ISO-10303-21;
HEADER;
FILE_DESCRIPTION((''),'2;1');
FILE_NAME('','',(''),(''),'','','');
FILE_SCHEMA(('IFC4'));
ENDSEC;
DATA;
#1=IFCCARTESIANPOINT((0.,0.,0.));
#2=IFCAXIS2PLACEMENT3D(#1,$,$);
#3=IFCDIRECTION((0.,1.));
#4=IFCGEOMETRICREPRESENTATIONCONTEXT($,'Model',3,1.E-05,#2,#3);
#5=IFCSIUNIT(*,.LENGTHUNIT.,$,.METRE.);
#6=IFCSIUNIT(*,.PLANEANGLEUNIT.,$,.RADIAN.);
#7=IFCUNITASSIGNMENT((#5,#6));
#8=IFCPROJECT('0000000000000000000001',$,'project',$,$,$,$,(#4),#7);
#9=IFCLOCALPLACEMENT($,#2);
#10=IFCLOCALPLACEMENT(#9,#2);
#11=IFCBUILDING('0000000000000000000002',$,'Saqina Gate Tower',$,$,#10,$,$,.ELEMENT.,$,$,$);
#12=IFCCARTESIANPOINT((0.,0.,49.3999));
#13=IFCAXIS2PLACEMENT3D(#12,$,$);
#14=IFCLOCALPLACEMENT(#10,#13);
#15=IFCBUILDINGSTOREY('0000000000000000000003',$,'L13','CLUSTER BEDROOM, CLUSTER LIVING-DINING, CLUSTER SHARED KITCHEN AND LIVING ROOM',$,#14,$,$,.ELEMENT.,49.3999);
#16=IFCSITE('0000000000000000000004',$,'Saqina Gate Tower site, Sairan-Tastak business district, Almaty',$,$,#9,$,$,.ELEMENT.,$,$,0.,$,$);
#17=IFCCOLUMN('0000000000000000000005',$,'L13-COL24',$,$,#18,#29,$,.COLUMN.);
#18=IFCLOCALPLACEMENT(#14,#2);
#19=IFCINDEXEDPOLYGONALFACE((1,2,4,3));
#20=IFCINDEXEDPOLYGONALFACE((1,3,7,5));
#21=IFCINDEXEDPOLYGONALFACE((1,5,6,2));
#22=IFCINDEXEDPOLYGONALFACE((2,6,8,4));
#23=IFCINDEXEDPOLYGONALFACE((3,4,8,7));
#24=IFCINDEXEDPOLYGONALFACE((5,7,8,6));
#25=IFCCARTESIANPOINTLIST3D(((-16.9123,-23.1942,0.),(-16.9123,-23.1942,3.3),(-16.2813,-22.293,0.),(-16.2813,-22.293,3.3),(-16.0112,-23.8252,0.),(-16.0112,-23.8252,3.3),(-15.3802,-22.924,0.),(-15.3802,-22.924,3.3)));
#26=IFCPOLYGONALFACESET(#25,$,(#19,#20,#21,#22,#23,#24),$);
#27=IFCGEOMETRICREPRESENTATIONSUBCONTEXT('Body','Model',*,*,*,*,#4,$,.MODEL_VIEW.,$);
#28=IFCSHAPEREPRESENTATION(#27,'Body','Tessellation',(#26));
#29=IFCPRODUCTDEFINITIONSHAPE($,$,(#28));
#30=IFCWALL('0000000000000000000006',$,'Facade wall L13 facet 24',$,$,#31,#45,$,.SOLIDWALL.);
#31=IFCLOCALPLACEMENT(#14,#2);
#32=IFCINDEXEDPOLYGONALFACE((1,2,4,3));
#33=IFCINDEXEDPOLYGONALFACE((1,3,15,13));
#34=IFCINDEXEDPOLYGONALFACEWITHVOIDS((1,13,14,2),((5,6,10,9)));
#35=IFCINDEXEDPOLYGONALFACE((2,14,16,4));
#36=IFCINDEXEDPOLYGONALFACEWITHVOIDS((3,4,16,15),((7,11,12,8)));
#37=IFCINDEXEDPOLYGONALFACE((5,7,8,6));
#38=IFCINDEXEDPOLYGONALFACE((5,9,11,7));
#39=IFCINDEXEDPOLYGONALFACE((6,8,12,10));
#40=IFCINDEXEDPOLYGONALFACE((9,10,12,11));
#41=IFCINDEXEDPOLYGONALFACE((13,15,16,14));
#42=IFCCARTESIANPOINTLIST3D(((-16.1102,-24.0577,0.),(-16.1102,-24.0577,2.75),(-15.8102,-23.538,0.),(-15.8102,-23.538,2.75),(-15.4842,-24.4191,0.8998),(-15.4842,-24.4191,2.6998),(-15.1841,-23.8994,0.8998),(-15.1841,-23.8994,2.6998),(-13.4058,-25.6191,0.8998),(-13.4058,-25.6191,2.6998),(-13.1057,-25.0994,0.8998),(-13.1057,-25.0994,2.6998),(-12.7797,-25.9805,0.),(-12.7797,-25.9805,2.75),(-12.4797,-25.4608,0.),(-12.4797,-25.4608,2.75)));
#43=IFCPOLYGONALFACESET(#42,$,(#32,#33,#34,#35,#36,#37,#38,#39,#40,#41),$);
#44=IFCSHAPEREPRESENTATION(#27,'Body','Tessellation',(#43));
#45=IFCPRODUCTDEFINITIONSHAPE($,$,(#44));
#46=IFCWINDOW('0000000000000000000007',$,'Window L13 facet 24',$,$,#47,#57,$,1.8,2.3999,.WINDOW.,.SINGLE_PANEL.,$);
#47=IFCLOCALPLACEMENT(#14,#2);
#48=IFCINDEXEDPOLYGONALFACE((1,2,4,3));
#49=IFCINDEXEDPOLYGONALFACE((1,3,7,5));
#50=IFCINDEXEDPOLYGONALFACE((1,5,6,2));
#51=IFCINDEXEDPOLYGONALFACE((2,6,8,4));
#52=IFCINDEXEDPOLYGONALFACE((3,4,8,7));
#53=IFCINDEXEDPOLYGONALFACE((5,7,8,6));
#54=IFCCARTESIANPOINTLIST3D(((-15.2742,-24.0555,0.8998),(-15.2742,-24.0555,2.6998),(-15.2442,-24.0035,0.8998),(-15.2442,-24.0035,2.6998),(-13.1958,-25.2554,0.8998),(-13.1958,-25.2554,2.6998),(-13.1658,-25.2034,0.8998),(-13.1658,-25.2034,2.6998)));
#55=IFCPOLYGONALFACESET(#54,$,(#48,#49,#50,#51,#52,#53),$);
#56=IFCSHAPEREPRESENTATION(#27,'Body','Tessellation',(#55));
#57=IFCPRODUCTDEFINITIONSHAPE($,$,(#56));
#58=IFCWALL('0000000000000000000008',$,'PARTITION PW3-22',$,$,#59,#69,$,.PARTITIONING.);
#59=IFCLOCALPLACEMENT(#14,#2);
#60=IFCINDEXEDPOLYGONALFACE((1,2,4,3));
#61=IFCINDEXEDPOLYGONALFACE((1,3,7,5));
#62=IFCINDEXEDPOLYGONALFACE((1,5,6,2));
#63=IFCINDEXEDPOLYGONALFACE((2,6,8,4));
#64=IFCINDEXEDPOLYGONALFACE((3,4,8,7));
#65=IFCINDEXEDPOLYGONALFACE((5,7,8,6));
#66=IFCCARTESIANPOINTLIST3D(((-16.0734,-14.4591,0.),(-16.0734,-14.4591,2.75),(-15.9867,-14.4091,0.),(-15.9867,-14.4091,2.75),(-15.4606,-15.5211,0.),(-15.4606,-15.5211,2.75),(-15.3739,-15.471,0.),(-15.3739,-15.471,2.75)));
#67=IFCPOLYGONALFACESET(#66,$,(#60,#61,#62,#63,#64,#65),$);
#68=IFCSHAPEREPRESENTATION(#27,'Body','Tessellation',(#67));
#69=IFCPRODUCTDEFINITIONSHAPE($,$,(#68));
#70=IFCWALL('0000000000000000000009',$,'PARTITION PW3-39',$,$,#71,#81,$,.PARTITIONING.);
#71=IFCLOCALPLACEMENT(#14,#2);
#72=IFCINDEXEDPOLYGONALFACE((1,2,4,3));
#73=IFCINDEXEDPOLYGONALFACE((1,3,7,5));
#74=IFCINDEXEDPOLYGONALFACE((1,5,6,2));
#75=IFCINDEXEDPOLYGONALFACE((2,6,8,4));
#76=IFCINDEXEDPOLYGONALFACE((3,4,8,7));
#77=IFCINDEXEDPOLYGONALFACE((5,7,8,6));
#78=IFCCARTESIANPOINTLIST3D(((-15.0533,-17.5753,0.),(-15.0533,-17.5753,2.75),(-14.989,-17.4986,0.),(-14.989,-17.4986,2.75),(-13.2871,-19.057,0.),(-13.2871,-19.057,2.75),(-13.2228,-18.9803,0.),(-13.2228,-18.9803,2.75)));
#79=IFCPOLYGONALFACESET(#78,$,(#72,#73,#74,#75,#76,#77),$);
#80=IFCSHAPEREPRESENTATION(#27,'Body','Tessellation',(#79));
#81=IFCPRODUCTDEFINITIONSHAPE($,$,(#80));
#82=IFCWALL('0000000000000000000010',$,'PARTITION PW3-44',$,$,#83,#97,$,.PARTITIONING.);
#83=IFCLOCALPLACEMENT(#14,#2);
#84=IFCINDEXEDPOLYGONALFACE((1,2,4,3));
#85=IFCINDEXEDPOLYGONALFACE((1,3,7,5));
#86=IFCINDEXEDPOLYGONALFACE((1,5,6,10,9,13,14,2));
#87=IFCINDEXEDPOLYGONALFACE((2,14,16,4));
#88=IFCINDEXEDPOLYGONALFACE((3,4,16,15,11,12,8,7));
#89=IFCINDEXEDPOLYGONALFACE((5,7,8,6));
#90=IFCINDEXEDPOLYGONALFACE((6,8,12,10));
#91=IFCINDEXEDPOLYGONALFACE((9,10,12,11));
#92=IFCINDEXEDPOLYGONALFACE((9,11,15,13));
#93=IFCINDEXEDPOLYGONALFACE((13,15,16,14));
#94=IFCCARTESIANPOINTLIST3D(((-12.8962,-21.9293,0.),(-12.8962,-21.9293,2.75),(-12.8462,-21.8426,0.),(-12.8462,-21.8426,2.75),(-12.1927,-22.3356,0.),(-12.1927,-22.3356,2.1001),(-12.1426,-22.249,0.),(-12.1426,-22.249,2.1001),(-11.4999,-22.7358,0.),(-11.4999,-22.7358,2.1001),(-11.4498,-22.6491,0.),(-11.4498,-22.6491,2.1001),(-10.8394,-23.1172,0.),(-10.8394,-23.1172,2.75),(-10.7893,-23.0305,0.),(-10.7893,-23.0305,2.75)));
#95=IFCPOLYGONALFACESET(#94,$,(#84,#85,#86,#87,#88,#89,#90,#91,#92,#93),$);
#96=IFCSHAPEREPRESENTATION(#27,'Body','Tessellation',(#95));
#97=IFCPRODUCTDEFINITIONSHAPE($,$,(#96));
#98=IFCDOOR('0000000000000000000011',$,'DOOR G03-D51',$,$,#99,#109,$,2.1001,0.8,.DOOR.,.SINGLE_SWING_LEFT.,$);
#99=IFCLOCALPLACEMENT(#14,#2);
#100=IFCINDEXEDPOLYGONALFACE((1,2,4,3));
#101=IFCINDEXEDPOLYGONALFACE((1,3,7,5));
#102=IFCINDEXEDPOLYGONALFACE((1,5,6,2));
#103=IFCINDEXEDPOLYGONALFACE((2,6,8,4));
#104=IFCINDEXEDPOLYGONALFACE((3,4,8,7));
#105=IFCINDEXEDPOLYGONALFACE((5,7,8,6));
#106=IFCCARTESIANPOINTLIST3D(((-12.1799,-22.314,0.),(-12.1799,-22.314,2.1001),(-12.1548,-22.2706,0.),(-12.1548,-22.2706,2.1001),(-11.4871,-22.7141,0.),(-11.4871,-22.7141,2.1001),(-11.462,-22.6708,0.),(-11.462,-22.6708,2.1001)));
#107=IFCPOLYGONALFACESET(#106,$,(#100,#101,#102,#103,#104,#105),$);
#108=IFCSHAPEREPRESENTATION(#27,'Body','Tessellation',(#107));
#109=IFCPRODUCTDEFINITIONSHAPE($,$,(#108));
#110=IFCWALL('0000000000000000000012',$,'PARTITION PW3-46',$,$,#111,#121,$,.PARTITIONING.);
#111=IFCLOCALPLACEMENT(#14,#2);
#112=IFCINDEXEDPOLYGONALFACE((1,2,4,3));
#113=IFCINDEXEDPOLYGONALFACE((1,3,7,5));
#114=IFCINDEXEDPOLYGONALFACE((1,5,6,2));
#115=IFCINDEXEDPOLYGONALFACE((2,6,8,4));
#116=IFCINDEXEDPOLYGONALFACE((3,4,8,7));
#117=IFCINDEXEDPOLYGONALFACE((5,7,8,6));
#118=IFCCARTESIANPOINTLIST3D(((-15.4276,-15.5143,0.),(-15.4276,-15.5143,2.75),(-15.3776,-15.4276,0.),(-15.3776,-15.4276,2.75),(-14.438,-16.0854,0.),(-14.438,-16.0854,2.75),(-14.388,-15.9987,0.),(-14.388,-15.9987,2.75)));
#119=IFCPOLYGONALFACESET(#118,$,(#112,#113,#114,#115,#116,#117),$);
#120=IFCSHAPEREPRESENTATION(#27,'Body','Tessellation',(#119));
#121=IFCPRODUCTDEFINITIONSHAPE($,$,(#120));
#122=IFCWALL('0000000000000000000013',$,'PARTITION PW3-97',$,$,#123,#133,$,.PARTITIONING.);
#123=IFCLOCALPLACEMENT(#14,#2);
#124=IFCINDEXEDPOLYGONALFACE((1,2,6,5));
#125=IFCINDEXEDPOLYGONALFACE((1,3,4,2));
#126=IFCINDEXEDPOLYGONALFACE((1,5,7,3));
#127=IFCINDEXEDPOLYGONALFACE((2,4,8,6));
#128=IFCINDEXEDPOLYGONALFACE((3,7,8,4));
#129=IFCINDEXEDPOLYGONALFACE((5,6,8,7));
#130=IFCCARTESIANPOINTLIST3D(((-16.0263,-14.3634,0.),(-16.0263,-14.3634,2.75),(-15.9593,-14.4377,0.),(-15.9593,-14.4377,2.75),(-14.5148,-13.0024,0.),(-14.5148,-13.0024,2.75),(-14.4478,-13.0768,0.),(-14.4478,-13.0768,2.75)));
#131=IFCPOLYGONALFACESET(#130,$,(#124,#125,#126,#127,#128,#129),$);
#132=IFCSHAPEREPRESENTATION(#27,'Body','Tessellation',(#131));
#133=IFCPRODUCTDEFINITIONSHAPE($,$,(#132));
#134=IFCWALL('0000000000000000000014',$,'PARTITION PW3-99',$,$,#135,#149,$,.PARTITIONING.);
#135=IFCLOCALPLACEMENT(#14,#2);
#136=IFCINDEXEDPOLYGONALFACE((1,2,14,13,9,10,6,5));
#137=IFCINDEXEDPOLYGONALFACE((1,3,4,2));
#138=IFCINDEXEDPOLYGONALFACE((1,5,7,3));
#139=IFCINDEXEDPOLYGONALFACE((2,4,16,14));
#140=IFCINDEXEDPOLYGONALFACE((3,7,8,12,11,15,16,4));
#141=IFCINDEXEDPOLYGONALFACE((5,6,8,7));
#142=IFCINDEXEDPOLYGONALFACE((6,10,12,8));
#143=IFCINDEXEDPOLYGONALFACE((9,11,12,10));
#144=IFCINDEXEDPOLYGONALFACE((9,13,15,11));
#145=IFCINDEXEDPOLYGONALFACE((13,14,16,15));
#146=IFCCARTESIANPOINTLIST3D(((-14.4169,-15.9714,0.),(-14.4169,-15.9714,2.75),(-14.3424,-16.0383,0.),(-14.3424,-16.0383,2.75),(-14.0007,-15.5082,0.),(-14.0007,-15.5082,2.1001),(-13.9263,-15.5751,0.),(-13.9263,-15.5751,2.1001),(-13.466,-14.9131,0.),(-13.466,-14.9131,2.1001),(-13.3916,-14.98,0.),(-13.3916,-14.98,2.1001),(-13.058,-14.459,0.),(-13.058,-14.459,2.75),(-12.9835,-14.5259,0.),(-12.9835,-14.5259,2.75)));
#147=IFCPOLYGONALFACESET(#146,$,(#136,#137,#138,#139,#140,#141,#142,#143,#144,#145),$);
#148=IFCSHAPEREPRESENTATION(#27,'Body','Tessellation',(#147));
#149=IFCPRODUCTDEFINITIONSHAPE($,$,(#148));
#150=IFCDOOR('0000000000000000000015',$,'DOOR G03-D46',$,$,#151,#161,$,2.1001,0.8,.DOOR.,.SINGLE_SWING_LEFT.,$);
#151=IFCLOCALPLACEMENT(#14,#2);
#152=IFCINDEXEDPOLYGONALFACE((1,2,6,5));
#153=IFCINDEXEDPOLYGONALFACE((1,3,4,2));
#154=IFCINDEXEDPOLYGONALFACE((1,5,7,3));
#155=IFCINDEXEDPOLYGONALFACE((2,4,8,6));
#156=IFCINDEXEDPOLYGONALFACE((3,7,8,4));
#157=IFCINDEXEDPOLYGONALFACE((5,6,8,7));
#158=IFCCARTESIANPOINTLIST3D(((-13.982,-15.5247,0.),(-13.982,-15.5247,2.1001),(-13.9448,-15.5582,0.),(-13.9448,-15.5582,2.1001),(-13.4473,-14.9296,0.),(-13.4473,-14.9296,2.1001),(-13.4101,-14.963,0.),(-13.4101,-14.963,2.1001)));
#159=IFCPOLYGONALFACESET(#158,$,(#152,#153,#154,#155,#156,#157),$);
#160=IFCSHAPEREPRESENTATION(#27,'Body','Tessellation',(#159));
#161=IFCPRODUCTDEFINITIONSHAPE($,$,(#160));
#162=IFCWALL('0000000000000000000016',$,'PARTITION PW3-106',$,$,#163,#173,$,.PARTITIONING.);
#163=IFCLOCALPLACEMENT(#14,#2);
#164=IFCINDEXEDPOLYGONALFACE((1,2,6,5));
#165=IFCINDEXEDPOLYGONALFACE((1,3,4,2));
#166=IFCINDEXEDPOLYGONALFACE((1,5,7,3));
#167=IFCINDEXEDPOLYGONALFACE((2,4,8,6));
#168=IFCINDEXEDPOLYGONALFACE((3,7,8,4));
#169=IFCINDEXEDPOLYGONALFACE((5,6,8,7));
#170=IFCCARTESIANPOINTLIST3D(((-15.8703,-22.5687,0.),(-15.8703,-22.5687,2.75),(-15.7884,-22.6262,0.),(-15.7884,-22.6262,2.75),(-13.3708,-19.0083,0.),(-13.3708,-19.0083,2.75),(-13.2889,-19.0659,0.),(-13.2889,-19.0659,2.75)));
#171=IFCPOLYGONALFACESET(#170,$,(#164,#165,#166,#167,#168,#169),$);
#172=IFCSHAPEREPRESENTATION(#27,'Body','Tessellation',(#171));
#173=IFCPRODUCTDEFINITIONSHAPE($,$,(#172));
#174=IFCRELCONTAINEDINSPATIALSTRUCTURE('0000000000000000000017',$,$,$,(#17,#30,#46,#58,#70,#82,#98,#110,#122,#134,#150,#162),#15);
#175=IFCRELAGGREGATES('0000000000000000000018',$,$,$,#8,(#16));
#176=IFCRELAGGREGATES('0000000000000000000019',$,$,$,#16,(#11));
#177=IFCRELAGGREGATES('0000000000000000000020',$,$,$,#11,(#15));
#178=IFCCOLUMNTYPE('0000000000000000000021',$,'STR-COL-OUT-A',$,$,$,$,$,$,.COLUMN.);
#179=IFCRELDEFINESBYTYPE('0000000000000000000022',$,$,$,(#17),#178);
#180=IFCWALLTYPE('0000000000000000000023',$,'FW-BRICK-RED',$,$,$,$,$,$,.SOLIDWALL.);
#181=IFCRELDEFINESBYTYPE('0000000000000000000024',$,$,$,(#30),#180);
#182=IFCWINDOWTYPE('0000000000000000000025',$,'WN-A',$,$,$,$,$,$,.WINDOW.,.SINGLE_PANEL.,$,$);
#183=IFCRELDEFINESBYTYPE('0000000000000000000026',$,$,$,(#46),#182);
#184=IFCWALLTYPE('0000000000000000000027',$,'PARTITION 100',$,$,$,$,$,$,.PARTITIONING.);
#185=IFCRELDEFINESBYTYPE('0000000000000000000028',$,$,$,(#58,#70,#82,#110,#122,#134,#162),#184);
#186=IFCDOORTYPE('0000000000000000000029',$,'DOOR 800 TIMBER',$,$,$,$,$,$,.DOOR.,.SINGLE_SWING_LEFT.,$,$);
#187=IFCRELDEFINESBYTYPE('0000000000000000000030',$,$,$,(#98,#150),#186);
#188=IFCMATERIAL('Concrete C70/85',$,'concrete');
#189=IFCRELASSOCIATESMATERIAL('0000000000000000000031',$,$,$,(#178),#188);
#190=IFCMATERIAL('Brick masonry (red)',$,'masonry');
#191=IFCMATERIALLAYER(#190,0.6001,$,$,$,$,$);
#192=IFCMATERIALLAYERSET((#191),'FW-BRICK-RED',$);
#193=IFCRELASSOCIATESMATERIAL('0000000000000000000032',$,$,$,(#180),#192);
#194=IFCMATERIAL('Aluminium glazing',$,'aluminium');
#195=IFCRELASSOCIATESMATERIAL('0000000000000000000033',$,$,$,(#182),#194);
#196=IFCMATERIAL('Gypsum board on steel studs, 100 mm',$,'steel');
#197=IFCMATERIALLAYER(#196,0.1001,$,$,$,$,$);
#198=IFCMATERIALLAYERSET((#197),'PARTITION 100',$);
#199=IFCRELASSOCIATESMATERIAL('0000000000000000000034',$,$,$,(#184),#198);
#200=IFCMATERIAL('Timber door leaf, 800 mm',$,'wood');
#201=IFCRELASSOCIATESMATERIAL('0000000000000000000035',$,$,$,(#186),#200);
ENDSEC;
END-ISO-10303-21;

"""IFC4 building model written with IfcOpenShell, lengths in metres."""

from ifc_helpers import new_model, si_unit, direction, frame, frame_2d, origin, origin_2d, place, context, subcontext, project, spatial, rectangle, extrude, material, layer, layer_set, material_profile, profile_set, type_object, element, fill, save


model = new_model("IFC4")

# Units and contexts
model_context = context("Model", 3, precision=1e-05, world=origin(), true_north=direction((0.0, 1.0)))
body_context = subcontext(model_context, "Body", "Model", "MODEL_VIEW")
ifc_project = project(units=[si_unit("LENGTHUNIT", "METRE"), si_unit("PLANEANGLEUNIT", "RADIAN")], contexts=[model_context])

# Site, building, storey
site_placement = place(None, origin())
site = spatial("IfcSite", under=ifc_project, at=site_placement, Name="Saqina Gate Tower site, Sairan-Tastak business district, Almaty", CompositionType="ELEMENT", RefElevation=0.0)
building_placement = place(site_placement, origin())
building = spatial("IfcBuilding", under=site, at=building_placement, Name="Saqina Gate Tower", CompositionType="ELEMENT")
storey_placement = place(building_placement, frame((0.0, 0.0, 49.3999)))
storey = spatial("IfcBuildingStorey", under=building, at=storey_placement, Name="L13", Description="CLUSTER BEDROOM, CLUSTER LIVING-DINING, CLUSTER SHARED KITCHEN AND LIVING ROOM", CompositionType="ELEMENT", Elevation=49.3999)

# Column
ifc_material_1 = material(Name="Concrete C70/85", Category="concrete")
ifc_material_profile = material_profile(ifc_material_1, rectangle(XDim=1.1001, YDim=1.1001, at=origin_2d()), Name="RC 1100x1100")
ifc_profile_set = profile_set([ifc_material_profile], Name="Concrete C70/85")
column_type = type_object("IfcColumnType", Name="STR-COL-OUT-A", PredefinedType="COLUMN", material=ifc_profile_set)
column_placement = place(storey_placement, frame((-16.1462, -23.0591, 0.0), z_axis=(0.0, 0.0, 1.0), x_axis=(-0.573576, -0.819152, 0.0)))
element("IfcColumn", 1, at=column_placement, inside=storey, type_object=column_type, Name="L13-COL24", PredefinedType="COLUMN", context=body_context, shape_type="SweptSolid", body=[
    extrude(rectangle(XDim=1.1001, YDim=1.1001, at=origin_2d()), origin(), (0.0, 0.0, 1.0), 3.3),
])

# Wall, opening, window
ifc_material_2 = material(Name="Brick masonry (red)", Category="masonry")
ifc_layer_1 = layer(ifc_material_2, 0.6001)
ifc_layer_set_1 = layer_set([ifc_layer_1], Name="FW-BRICK-RED")
wall_type_1 = type_object("IfcWallType", Name="FW-BRICK-RED", PredefinedType="SOLIDWALL", material=ifc_layer_set_1)
wall_1_placement = place(storey_placement, frame((-15.9602, -23.7979, 0.0), z_axis=(0.0, 0.0, 1.0), x_axis=(0.866031, -0.49999, 0.0)))
wall_1 = element("IfcWall", 2, at=wall_1_placement, inside=storey, type_object=wall_type_1, Name="Facade wall L13 facet 24", PredefinedType="SOLIDWALL", context=body_context, shape_type="SweptSolid", body=[
    extrude(rectangle(XDim=3.8457, YDim=0.6001, at=frame_2d((1.9229, 0.0))), origin(), (0.0, 0.0, 1.0), 2.75),
])
opening_1_placement = place(wall_1_placement, frame((0.7229, 0.0, 0.8999)))
opening_1 = element("IfcOpeningElement", 3, at=opening_1_placement, cuts=wall_1, PredefinedType="OPENING", context=body_context, shape_type="SweptSolid", body=[
    extrude(rectangle(XDim=2.3999, YDim=1.8, at=frame_2d((1.2, 0.8999))), frame((0.0, 0.312, 0.0), z_axis=(0.0, -1.0, 0.0), x_axis=(1.0, 0.0, 0.0)), (0.0, 0.0, 1.0), 0.624),
])
ifc_material_3 = material(Name="Aluminium glazing", Category="aluminium")
window_type = type_object("IfcWindowType", Name="WN-A", PartitioningType="SINGLE_PANEL", PredefinedType="WINDOW", material=ifc_material_3)
window_placement = place(opening_1_placement, origin())
window = element("IfcWindow", 4, at=window_placement, inside=storey, type_object=window_type, Name="Window L13 facet 24", OverallHeight=1.8, OverallWidth=2.3999, PartitioningType="SINGLE_PANEL", PredefinedType="WINDOW", context=body_context, shape_type="SweptSolid", body=[
    extrude(rectangle(XDim=2.3999, YDim=1.8, at=frame_2d((1.2, 0.8999))), frame((0.0, 0.1799, 0.0), z_axis=(0.0, -1.0, 0.0), x_axis=(1.0, 0.0, 0.0)), (0.0, 0.0, 1.0), 0.0601),
])
fill(opening_1, window)

# Walls
ifc_material_4 = material(Name="Gypsum board on steel studs, 100 mm", Category="steel")
ifc_layer_2 = layer(ifc_material_4, 0.1001)
ifc_layer_set_2 = layer_set([ifc_layer_2], Name="PARTITION 100")
wall_type_2 = type_object("IfcWallType", Name="PARTITION 100", PredefinedType="PARTITIONING", material=ifc_layer_set_2)
wall_2_placement = place(storey_placement, frame((-16.03, -14.4341, 0.0), z_axis=(0.0, 0.0, 1.0), x_axis=(0.49978, -0.866152, 0.0)))
element("IfcWall", 5, at=wall_2_placement, inside=storey, type_object=wall_type_2, Name="PARTITION PW3-22", PredefinedType="PARTITIONING", context=body_context, shape_type="SweptSolid", body=[
    extrude(rectangle(XDim=1.2261, YDim=0.1001, at=frame_2d((0.613, 0.0))), origin(), (0.0, 0.0, 1.0), 2.75),
])
wall_3_placement = place(storey_placement, frame((-15.0212, -17.5369, 0.0), z_axis=(0.0, 0.0, 1.0), x_axis=(0.766099, -0.642723, 0.0)))
element("IfcWall", 6, at=wall_3_placement, inside=storey, type_object=wall_type_2, Name="PARTITION PW3-39", PredefinedType="PARTITIONING", context=body_context, shape_type="SweptSolid", body=[
    extrude(rectangle(XDim=2.3054, YDim=0.1001, at=frame_2d((1.1528, 0.0))), origin(), (0.0, 0.0, 1.0), 2.75),
])

# Wall, opening, door
wall_4_placement = place(storey_placement, frame((-12.8711, -21.886, 0.0), z_axis=(0.0, 0.0, 1.0), x_axis=(0.865944, -0.500141, 0.0)))
wall_4 = element("IfcWall", 7, at=wall_4_placement, inside=storey, type_object=wall_type_2, Name="PARTITION PW3-44", PredefinedType="PARTITIONING", context=body_context, shape_type="SweptSolid", body=[
    extrude(rectangle(XDim=2.3752, YDim=0.1001, at=frame_2d((1.1875, 0.0))), origin(), (0.0, 0.0, 1.0), 2.75),
])
opening_2_placement = place(wall_4_placement, frame((0.8125, 0.0, 0.0)))
opening_2 = element("IfcOpeningElement", 8, at=opening_2_placement, cuts=wall_4, PredefinedType="OPENING", context=body_context, shape_type="SweptSolid", body=[
    extrude(rectangle(XDim=0.8, YDim=2.1001, at=frame_2d((0.3999, 1.05))), frame((0.0, 0.062, 0.0), z_axis=(0.0, -1.0, 0.0), x_axis=(1.0, 0.0, 0.0)), (0.0, 0.0, 1.0), 0.124),
])
ifc_material_5 = material(Name="Timber door leaf, 800 mm", Category="wood")
door_type_1 = type_object("IfcDoorType", Name="DOOR 800 TIMBER", OperationType="SINGLE_SWING_LEFT", PredefinedType="DOOR", material=ifc_material_5)
door_1_placement = place(opening_2_placement, frame((0.8, 0.0, 0.0), z_axis=(0.0, 0.0, 1.0), x_axis=(-1.0, 0.0, 0.0)))
door_1 = element("IfcDoor", 9, at=door_1_placement, inside=storey, type_object=door_type_1, Name="DOOR G03-D51", OperationType="SINGLE_SWING_LEFT", OverallHeight=2.1001, OverallWidth=0.8, PredefinedType="DOOR", context=body_context, shape_type="SweptSolid", body=[
    extrude(rectangle(XDim=0.8, YDim=2.1001, at=frame_2d((0.3999, 1.05))), frame((0.0, 0.0249, 0.0), z_axis=(0.0, -1.0, 0.0), x_axis=(1.0, 0.0, 0.0)), (0.0, 0.0, 1.0), 0.05),
])
fill(opening_2, door_1)

# Walls
wall_5_placement = place(storey_placement, frame((-15.4026, -15.4709, 0.0), z_axis=(0.0, 0.0, 1.0), x_axis=(0.866118, -0.49984, 0.0)))
element("IfcWall", 10, at=wall_5_placement, inside=storey, type_object=wall_type_2, Name="PARTITION PW3-46", PredefinedType="PARTITIONING", context=body_context, shape_type="SweptSolid", body=[
    extrude(rectangle(XDim=1.1426, YDim=0.1001, at=frame_2d((0.5713, 0.0))), origin(), (0.0, 0.0, 1.0), 2.75),
])
wall_6_placement = place(storey_placement, frame((-15.9929, -14.4006, 0.0), z_axis=(0.0, 0.0, 1.0), x_axis=(0.743169, 0.669104, 0.0)))
element("IfcWall", 11, at=wall_6_placement, inside=storey, type_object=wall_type_2, Name="PARTITION PW3-97", PredefinedType="PARTITIONING", context=body_context, shape_type="SweptSolid", body=[
    extrude(rectangle(XDim=2.0339, YDim=0.1001, at=frame_2d((1.0171, 0.0))), origin(), (0.0, 0.0, 1.0), 2.75),
])

# Wall, opening, door
wall_7_placement = place(storey_placement, frame((-14.3796, -16.0049, 0.0), z_axis=(0.0, 0.0, 1.0), x_axis=(0.668334, 0.743861, 0.0)))
wall_7 = element("IfcWall", 12, at=wall_7_placement, inside=storey, type_object=wall_type_2, Name="PARTITION PW3-99", PredefinedType="PARTITIONING", context=body_context, shape_type="SweptSolid", body=[
    extrude(rectangle(XDim=2.0332, YDim=0.1001, at=frame_2d((1.0166, 0.0))), origin(), (0.0, 0.0, 1.0), 2.75),
])
opening_3_placement = place(wall_7_placement, frame((0.6228, 0.0, 0.0)))
opening_3 = element("IfcOpeningElement", 13, at=opening_3_placement, cuts=wall_7, PredefinedType="OPENING", context=body_context, shape_type="SweptSolid", body=[
    extrude(rectangle(XDim=0.8, YDim=2.1001, at=frame_2d((0.3999, 1.05))), frame((0.0, 0.062, 0.0), z_axis=(0.0, -1.0, 0.0), x_axis=(1.0, 0.0, 0.0)), (0.0, 0.0, 1.0), 0.124),
])
door_2_placement = place(opening_3_placement, frame((0.8, 0.0, 0.0), z_axis=(0.0, 0.0, 1.0), x_axis=(-1.0, 0.0, 0.0)))
door_2 = element("IfcDoor", 14, at=door_2_placement, inside=storey, type_object=door_type_1, Name="DOOR G03-D46", OperationType="SINGLE_SWING_LEFT", OverallHeight=2.1001, OverallWidth=0.8, PredefinedType="DOOR", context=body_context, shape_type="SweptSolid", body=[
    extrude(rectangle(XDim=0.8, YDim=2.1001, at=frame_2d((0.3999, 1.05))), frame((0.0, 0.0249, 0.0), z_axis=(0.0, -1.0, 0.0), x_axis=(1.0, 0.0, 0.0)), (0.0, 0.0, 1.0), 0.05),
])
fill(opening_3, door_2)

# Wall
wall_8_placement = place(storey_placement, frame((-15.8293, -22.5974, 0.0), z_axis=(0.0, 0.0, 1.0), x_axis=(0.574588, 0.818443, 0.0)))
element("IfcWall", 15, at=wall_8_placement, inside=storey, type_object=wall_type_2, Name="PARTITION PW3-106", PredefinedType="PARTITIONING", context=body_context, shape_type="SweptSolid", body=[
    extrude(rectangle(XDim=4.3501, YDim=0.1001, at=frame_2d((2.175, 0.0))), origin(), (0.0, 0.0, 1.0), 2.75),
])

save(model, "model.ifc")
